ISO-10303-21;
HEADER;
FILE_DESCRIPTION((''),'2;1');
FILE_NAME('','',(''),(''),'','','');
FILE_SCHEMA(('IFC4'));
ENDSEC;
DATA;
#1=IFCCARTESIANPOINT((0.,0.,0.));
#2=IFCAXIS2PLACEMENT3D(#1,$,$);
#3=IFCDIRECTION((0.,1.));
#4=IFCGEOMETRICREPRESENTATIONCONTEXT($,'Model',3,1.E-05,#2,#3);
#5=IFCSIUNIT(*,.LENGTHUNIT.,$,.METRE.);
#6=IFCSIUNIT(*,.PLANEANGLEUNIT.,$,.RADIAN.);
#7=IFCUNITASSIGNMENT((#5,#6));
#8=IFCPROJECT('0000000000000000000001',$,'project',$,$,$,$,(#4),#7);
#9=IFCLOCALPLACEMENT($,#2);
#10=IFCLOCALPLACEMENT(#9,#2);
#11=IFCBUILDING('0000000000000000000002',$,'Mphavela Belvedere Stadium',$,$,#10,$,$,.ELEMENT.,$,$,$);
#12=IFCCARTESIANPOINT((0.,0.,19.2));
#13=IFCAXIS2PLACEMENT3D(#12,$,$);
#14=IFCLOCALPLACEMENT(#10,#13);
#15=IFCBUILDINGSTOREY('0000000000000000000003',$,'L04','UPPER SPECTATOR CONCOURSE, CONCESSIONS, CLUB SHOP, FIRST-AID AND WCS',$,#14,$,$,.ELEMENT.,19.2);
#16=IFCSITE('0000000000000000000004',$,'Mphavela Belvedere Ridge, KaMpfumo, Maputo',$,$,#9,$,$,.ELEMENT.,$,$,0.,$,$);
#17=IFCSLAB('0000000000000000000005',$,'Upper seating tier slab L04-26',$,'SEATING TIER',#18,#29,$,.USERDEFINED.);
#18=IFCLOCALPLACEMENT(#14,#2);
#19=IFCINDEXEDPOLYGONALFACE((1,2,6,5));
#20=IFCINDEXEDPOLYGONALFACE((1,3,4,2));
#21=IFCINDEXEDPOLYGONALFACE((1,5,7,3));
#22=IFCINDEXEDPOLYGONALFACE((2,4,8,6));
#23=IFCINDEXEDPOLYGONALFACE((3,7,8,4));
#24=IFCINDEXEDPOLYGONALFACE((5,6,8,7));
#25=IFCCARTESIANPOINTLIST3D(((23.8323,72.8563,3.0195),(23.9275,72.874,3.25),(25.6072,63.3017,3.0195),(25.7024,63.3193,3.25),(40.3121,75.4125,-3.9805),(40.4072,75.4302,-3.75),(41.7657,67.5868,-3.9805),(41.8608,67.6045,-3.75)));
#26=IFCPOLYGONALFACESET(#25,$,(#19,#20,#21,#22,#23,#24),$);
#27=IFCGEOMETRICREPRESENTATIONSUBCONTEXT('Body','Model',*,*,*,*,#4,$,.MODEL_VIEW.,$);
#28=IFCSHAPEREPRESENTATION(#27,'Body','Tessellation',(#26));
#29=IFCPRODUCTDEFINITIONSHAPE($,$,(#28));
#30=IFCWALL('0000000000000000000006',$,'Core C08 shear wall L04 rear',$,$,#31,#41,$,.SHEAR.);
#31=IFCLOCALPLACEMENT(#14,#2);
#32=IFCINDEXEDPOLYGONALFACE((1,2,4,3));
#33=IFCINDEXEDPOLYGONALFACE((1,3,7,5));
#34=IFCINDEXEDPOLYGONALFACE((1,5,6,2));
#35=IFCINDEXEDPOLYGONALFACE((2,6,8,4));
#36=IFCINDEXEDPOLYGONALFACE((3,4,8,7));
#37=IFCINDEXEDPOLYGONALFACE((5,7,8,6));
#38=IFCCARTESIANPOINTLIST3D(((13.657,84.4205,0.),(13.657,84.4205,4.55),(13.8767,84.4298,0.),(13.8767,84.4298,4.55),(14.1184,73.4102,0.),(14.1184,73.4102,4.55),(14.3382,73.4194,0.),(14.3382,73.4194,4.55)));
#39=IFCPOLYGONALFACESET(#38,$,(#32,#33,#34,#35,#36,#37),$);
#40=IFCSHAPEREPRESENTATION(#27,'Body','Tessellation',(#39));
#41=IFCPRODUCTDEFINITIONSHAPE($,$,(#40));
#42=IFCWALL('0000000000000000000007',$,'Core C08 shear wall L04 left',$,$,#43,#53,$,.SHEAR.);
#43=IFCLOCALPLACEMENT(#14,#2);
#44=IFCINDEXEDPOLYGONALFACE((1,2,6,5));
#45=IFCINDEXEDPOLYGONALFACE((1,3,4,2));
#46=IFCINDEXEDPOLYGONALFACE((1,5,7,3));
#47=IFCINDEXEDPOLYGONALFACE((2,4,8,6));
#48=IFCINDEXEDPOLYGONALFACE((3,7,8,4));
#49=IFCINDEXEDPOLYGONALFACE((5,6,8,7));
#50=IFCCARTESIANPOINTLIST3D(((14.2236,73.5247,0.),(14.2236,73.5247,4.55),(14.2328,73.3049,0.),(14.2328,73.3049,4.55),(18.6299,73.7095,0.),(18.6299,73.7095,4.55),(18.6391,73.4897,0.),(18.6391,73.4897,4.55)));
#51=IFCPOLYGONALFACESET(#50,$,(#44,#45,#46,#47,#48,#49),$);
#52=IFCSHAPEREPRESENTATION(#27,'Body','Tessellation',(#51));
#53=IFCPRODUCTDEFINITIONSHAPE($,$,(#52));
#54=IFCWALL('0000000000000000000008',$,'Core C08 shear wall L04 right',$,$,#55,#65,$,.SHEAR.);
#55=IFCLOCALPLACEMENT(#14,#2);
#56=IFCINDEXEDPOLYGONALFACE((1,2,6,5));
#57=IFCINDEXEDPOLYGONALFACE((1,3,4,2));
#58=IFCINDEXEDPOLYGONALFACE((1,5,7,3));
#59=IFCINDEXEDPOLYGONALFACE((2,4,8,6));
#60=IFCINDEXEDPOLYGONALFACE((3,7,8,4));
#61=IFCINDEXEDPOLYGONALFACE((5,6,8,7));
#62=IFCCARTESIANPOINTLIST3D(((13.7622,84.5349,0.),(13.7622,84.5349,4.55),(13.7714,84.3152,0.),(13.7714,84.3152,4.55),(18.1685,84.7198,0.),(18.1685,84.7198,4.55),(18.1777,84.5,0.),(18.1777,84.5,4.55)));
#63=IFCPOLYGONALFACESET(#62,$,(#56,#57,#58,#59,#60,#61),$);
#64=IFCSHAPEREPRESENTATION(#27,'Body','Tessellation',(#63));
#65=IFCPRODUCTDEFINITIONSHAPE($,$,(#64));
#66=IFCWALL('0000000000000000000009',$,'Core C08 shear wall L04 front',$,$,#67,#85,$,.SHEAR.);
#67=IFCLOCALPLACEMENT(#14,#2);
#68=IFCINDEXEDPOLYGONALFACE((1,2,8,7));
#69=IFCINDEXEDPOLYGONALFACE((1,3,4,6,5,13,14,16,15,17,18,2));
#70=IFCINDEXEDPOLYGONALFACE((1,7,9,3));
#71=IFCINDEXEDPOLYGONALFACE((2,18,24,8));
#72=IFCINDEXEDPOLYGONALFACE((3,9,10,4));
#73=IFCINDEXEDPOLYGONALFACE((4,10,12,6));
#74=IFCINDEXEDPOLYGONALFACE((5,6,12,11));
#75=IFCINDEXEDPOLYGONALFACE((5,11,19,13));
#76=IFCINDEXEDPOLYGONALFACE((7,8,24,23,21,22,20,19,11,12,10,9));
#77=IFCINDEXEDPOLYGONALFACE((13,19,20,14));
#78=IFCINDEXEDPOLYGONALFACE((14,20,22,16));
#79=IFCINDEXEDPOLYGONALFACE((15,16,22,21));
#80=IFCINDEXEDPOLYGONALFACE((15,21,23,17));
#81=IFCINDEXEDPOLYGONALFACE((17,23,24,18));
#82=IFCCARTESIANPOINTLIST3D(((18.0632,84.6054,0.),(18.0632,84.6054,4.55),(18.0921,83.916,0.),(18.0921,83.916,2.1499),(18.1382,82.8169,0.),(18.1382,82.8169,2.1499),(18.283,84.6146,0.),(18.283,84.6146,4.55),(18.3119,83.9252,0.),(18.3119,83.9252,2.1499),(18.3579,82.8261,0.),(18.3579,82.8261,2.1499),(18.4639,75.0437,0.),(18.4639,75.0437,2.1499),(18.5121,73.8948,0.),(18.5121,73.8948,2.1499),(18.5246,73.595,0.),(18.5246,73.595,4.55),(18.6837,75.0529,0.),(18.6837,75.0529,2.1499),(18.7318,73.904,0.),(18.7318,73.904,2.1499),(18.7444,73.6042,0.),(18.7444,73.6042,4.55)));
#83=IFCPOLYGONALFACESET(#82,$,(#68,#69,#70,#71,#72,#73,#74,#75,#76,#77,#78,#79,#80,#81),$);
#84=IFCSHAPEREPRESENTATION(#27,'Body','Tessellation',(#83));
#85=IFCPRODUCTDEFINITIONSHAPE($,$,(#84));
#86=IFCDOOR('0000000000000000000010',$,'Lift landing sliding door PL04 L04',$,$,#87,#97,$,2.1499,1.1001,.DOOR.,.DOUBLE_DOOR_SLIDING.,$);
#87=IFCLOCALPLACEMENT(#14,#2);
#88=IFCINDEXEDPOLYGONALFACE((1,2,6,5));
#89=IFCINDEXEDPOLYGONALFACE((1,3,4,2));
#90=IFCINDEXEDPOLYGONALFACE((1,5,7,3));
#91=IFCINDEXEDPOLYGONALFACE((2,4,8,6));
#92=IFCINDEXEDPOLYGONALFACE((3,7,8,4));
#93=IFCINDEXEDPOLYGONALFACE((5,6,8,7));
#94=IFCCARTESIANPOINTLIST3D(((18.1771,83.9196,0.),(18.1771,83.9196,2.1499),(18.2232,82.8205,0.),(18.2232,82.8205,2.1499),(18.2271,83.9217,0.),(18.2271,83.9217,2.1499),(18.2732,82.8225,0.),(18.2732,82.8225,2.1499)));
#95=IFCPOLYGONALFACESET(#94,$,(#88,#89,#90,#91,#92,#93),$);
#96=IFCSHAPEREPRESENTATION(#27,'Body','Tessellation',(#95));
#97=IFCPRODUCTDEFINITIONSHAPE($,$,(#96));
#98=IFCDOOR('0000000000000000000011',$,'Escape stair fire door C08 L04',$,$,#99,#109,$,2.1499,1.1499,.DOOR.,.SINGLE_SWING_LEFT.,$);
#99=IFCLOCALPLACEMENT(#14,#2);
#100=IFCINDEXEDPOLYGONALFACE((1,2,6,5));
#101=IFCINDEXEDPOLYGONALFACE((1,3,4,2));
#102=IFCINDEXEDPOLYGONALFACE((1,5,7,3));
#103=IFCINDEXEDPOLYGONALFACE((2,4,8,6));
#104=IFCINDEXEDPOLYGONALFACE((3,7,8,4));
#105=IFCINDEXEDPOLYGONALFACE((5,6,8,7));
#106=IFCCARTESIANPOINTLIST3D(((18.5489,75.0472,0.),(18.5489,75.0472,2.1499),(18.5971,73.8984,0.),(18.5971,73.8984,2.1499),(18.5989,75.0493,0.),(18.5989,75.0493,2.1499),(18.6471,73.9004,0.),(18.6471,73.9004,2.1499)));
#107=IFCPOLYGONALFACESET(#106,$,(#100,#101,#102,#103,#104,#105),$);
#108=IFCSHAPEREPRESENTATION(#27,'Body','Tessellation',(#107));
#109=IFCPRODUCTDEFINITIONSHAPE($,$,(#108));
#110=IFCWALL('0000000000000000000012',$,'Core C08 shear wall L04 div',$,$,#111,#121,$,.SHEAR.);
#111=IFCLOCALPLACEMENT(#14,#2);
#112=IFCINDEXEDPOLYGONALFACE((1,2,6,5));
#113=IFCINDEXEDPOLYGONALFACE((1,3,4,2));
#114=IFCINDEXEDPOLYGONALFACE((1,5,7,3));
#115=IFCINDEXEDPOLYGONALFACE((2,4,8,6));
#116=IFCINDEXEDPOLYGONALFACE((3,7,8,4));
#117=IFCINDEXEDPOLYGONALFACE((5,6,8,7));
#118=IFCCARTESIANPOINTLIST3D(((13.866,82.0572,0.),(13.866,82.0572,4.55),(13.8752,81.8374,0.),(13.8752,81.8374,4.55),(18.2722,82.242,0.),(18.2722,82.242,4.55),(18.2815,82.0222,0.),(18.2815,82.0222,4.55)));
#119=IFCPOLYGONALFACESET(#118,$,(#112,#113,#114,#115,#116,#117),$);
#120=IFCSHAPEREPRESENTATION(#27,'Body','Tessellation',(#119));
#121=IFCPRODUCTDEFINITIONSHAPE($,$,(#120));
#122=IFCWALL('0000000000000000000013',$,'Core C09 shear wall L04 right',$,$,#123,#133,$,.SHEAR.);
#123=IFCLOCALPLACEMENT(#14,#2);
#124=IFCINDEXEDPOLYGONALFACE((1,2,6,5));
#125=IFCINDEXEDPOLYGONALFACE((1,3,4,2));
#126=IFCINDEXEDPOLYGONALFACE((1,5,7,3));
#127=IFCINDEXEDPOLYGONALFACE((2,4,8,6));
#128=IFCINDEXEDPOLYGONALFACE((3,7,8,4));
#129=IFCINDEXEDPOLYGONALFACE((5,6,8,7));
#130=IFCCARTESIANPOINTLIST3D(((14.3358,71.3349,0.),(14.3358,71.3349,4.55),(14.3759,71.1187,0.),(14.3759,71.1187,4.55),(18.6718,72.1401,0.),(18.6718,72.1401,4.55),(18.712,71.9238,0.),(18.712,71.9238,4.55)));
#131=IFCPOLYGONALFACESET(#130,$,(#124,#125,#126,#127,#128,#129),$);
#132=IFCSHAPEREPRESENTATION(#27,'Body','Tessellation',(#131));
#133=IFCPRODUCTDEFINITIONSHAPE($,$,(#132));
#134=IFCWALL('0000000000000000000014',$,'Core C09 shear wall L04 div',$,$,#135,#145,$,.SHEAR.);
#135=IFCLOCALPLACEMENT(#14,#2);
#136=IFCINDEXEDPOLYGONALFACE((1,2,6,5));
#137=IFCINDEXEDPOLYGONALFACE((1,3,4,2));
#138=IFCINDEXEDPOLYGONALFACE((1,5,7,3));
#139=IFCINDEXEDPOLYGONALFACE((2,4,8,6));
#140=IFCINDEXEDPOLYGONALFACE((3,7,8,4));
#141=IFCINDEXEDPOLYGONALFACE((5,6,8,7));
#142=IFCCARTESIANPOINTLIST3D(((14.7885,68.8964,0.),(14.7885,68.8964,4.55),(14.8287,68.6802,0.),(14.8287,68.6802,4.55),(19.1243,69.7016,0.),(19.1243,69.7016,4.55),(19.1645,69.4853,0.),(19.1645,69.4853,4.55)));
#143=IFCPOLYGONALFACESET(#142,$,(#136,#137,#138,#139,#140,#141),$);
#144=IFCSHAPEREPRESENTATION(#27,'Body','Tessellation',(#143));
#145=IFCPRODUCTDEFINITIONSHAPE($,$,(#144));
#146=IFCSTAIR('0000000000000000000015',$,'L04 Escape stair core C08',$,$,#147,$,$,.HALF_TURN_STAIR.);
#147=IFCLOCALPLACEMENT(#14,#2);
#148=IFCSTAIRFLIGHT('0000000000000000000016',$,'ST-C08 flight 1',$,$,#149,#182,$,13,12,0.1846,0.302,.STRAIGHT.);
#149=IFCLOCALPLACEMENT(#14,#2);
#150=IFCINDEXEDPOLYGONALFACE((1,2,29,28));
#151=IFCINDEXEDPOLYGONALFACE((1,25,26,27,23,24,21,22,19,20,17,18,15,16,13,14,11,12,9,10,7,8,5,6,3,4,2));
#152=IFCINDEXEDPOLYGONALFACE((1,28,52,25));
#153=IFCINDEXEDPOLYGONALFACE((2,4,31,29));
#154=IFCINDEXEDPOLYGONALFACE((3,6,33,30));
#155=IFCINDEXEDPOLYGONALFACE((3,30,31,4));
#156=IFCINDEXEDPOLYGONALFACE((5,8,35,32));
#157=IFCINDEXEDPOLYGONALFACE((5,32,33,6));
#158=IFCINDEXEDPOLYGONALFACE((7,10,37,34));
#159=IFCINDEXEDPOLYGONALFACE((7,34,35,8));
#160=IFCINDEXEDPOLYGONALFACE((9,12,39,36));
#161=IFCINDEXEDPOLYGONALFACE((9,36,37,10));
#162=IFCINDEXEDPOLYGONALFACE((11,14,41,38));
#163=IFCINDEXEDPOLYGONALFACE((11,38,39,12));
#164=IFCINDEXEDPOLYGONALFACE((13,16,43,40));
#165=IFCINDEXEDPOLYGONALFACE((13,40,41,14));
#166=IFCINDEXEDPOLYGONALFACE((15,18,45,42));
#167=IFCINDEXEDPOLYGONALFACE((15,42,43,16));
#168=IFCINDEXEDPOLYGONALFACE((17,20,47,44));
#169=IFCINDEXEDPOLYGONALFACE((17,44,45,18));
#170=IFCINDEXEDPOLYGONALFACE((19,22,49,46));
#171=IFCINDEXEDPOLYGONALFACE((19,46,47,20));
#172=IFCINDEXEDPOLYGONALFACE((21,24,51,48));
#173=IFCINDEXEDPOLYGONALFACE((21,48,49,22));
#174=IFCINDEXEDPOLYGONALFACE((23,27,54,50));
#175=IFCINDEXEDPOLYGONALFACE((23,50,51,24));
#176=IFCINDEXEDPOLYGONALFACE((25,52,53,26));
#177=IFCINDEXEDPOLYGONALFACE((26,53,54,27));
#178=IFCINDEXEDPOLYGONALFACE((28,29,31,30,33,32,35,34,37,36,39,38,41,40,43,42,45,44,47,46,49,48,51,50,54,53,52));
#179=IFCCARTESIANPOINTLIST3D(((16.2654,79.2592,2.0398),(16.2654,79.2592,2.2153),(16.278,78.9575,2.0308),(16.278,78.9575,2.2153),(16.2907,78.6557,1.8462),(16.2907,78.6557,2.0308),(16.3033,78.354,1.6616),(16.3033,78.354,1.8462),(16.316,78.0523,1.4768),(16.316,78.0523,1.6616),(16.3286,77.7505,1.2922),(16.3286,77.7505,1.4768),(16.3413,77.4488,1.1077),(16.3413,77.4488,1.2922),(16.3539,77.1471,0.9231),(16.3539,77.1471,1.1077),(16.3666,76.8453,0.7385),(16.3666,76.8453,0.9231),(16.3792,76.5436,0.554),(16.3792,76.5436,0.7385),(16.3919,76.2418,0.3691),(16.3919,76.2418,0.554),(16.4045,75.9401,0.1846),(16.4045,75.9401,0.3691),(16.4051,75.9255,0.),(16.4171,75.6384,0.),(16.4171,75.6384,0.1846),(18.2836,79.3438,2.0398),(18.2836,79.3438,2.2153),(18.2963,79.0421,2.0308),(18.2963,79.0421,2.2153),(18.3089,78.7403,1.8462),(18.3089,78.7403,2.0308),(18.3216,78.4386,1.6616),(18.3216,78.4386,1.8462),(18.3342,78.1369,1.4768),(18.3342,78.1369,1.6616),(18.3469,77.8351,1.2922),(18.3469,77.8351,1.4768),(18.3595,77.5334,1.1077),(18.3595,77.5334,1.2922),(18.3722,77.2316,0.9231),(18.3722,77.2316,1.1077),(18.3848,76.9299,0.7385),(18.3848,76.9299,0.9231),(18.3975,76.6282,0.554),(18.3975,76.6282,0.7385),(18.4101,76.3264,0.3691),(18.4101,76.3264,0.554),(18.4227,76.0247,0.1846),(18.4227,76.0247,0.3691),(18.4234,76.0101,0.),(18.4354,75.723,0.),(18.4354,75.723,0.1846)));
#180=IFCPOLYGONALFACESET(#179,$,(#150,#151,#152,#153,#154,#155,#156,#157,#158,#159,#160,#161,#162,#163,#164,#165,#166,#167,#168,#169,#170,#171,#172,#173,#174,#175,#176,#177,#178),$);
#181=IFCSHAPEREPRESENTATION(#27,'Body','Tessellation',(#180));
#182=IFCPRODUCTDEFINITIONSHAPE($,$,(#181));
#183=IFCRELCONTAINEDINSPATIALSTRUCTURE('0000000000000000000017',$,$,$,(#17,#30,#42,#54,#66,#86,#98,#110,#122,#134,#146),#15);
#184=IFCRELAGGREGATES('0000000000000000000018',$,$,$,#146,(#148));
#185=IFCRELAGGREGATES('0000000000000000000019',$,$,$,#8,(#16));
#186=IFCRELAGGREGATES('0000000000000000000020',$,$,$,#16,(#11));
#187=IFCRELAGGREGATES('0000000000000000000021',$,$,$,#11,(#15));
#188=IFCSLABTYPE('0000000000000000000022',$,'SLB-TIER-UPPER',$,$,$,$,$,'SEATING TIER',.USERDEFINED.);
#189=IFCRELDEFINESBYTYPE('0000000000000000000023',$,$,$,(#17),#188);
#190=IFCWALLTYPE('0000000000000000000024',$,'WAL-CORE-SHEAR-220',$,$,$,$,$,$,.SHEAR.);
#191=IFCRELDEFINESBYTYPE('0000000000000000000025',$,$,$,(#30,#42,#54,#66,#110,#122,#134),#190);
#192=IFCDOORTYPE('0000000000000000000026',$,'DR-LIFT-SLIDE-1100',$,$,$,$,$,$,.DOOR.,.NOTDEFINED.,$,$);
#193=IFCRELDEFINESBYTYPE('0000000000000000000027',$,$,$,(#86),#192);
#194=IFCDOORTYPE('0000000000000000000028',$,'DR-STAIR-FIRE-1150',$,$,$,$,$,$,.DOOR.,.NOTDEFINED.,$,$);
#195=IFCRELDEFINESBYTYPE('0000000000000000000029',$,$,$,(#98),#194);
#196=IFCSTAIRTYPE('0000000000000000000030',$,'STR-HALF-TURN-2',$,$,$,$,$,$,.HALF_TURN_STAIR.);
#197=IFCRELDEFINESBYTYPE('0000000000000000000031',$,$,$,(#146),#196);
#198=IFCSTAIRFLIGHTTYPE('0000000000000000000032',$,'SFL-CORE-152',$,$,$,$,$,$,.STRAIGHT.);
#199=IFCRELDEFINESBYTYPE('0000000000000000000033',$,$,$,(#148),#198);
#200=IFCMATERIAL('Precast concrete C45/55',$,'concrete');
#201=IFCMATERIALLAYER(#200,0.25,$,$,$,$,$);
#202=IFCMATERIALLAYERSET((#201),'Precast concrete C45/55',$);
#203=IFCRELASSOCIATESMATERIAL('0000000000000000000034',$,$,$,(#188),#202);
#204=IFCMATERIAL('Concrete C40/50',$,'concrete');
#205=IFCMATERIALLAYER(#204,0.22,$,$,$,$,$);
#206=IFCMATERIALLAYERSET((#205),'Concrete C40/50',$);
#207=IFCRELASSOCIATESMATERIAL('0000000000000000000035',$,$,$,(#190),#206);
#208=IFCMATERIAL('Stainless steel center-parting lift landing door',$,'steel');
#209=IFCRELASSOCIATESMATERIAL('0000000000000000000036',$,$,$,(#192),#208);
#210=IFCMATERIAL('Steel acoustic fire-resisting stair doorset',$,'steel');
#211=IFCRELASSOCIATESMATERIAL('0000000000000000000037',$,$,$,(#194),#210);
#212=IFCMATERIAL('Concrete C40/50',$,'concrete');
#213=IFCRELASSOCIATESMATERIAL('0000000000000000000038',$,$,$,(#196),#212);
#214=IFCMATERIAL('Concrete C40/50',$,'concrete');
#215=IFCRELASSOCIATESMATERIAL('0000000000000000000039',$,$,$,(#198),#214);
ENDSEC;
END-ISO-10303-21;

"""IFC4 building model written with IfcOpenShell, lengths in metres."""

from ifc_helpers import new_model, si_unit, direction, frame, frame_2d, origin, place, context, subcontext, project, spatial, polyline, rectangle, outline, extrude, material, layer, layer_set, type_object, element, fill, aggregate, save


model = new_model("IFC4")

# Units and contexts
model_context = context("Model", 3, precision=1e-05, world=origin(), true_north=direction((0.0, 1.0)))
body_context = subcontext(model_context, "Body", "Model", "MODEL_VIEW")
ifc_project = project(units=[si_unit("LENGTHUNIT", "METRE"), si_unit("PLANEANGLEUNIT", "RADIAN")], contexts=[model_context])

# Site, building, storey
site_placement = place(None, origin())
site = spatial("IfcSite", under=ifc_project, at=site_placement, Name="Mphavela Belvedere Ridge, KaMpfumo, Maputo", CompositionType="ELEMENT", RefElevation=0.0)
building_placement = place(site_placement, origin())
building = spatial("IfcBuilding", under=site, at=building_placement, Name="Mphavela Belvedere Stadium", CompositionType="ELEMENT")
storey_placement = place(building_placement, frame((0.0, 0.0, 19.2)))
storey = spatial("IfcBuildingStorey", under=building, at=storey_placement, Name="L04", Description="UPPER SPECTATOR CONCOURSE, CONCESSIONS, CLUB SHOP, FIRST-AID AND WCS", CompositionType="ELEMENT", Elevation=19.2)

# Slab
ifc_material_1 = material(Name="Precast concrete C45/55", Category="concrete")
ifc_layer_1 = layer(ifc_material_1, 0.25)
ifc_layer_set_1 = layer_set([ifc_layer_1], Name="Precast concrete C45/55")
slab_type = type_object("IfcSlabType", Name="SLB-TIER-UPPER", ElementType="SEATING TIER", PredefinedType="USERDEFINED", material=ifc_layer_set_1)
slab_placement = place(storey_placement, frame((40.4072, 75.4302, -3.75), z_axis=(0.380668, 0.070711, 0.922004), x_axis=(0.182626, -0.983182, 0.000003)))
element("IfcSlab", 1, at=slab_placement, inside=storey, type_object=slab_type, Name="Upper seating tier slab L04-26", ObjectType="SEATING TIER", PredefinedType="USERDEFINED", context=body_context, shape_type="SweptSolid", body=[
    extrude(outline(polyline([(0.0, 0.0), (7.9595, 0.0), (9.2217, -18.0794), (-0.4965, -18.0795), (0.0, 0.0)])), origin(), (0.0, 0.0, -1.0), 0.25),
])

# Walls
ifc_material_2 = material(Name="Concrete C40/50", Category="concrete")
ifc_layer_2 = layer(ifc_material_2, 0.22)
ifc_layer_set_2 = layer_set([ifc_layer_2], Name="Concrete C40/50")
wall_type = type_object("IfcWallType", Name="WAL-CORE-SHEAR-220", PredefinedType="SHEAR", material=ifc_layer_set_2)
wall_1_placement = place(storey_placement, frame((14.2283, 73.4148, 0.0), z_axis=(0.0, 0.0, 1.0), x_axis=(-0.041872, 0.999123, 0.0)))
element("IfcWall", 2, at=wall_1_placement, inside=storey, type_object=wall_type, Name="Core C08 shear wall L04 rear", PredefinedType="SHEAR", context=body_context, shape_type="SweptSolid", body=[
    extrude(rectangle(XDim=11.02, YDim=0.22, at=frame_2d((5.51, 0.0))), origin(), (0.0, 0.0, 1.0), 4.55),
])
for number, where, z_axis, x_axis, name in (
    (3, (18.6345, 73.5996, 0.0), (0.0, 0.0, 1.0), (-0.999122, -0.041907, 0.0), "Core C08 shear wall L04 left"),
    (4, (18.1731, 84.6099, 0.0), (0.0, 0.0, 1.0), (-0.999122, -0.041907, 0.0), "Core C08 shear wall L04 right"),
):
    element("IfcWall", number, at=place(storey_placement, frame(where, z_axis=z_axis, x_axis=x_axis)), inside=storey, type_object=wall_type, Name=name, PredefinedType="SHEAR", context=body_context, shape_type="SweptSolid", body=[
        extrude(rectangle(XDim=4.4102, YDim=0.22, at=frame_2d((2.2051, 0.0))), origin(), (0.0, 0.0, 1.0), 4.55),
    ])

# Wall, openings, doors
wall_2_placement = place(storey_placement, frame((18.6345, 73.5996, 0.0), z_axis=(0.0, 0.0, 1.0), x_axis=(-0.041872, 0.999123, 0.0)))
wall_2 = element("IfcWall", 5, at=wall_2_placement, inside=storey, type_object=wall_type, Name="Core C08 shear wall L04 front", PredefinedType="SHEAR", context=body_context, shape_type="SweptSolid", body=[
    extrude(rectangle(XDim=11.02, YDim=0.22, at=frame_2d((5.51, 0.0))), origin(), (0.0, 0.0, 1.0), 4.55),
])
opening_1_placement = place(wall_2_placement, frame((0.3, 0.0, 0.0)))
opening_1 = element("IfcOpeningElement", 6, at=opening_1_placement, cuts=wall_2, PredefinedType="OPENING", context=body_context, shape_type="SweptSolid", body=[
    extrude(rectangle(XDim=1.1499, YDim=2.1499, at=frame_2d((0.575, 1.075))), frame((0.0, 0.1201, 0.0), z_axis=(0.0, -1.0, 0.0), x_axis=(1.0, 0.0, 0.0)), (0.0, 0.0, 1.0), 0.24),
])
opening_2_placement = place(wall_2_placement, frame((9.23, 0.0, 0.0)))
opening_2 = element("IfcOpeningElement", 7, at=opening_2_placement, cuts=wall_2, PredefinedType="OPENING", context=body_context, shape_type="SweptSolid", body=[
    extrude(rectangle(XDim=1.1001, YDim=2.1499, at=frame_2d((0.55, 1.075))), frame((0.0, 0.1201, 0.0), z_axis=(0.0, -1.0, 0.0), x_axis=(1.0, 0.0, 0.0)), (0.0, 0.0, 1.0), 0.24),
])
ifc_material_3 = material(Name="Stainless steel center-parting lift landing door", Category="steel")
door_type_1 = type_object("IfcDoorType", Name="DR-LIFT-SLIDE-1100", OperationType="NOTDEFINED", PredefinedType="DOOR", material=ifc_material_3)
door_1_placement = place(opening_2_placement, origin())
door_1 = element("IfcDoor", 8, at=door_1_placement, inside=storey, type_object=door_type_1, Name="Lift landing sliding door PL04 L04", OperationType="DOUBLE_DOOR_SLIDING", OverallHeight=2.1499, OverallWidth=1.1001, PredefinedType="DOOR", context=body_context, shape_type="SweptSolid", body=[
    extrude(rectangle(XDim=1.1001, YDim=2.1499, at=frame_2d((0.55, 1.075))), frame((0.0, 0.0249, 0.0), z_axis=(0.0, -1.0, 0.0), x_axis=(1.0, 0.0, 0.0)), (0.0, 0.0, 1.0), 0.05),
])
fill(opening_2, door_1)
ifc_material_4 = material(Name="Steel acoustic fire-resisting stair doorset", Category="steel")
door_type_2 = type_object("IfcDoorType", Name="DR-STAIR-FIRE-1150", OperationType="NOTDEFINED", PredefinedType="DOOR", material=ifc_material_4)
door_2_placement = place(opening_1_placement, origin())
door_2 = element("IfcDoor", 9, at=door_2_placement, inside=storey, type_object=door_type_2, Name="Escape stair fire door C08 L04", OperationType="SINGLE_SWING_LEFT", OverallHeight=2.1499, OverallWidth=1.1499, PredefinedType="DOOR", context=body_context, shape_type="SweptSolid", body=[
    extrude(rectangle(XDim=1.1499, YDim=2.1499, at=frame_2d((0.575, 1.075))), frame((0.0, 0.0249, 0.0), z_axis=(0.0, -1.0, 0.0), x_axis=(1.0, 0.0, 0.0)), (0.0, 0.0, 1.0), 0.05),
])
fill(opening_1, door_2)

# Walls
for number, where, z_axis, x_axis, name in (
    (10, (18.2769, 82.1321, 0.0), (0.0, 0.0, 1.0), (-0.999122, -0.041907, 0.0), "Core C08 shear wall L04 div"),
    (11, (18.6919, 72.032, 0.0), (0.0, 0.0, 1.0), (-0.983192, -0.182577, 0.0), "Core C09 shear wall L04 right"),
):
    element("IfcWall", number, at=place(storey_placement, frame(where, z_axis=z_axis, x_axis=x_axis)), inside=storey, type_object=wall_type, Name=name, PredefinedType="SHEAR", context=body_context, shape_type="SweptSolid", body=[
        extrude(rectangle(XDim=4.4102, YDim=0.22, at=frame_2d((2.2051, 0.0))), origin(), (0.0, 0.0, 1.0), 4.55),
    ])
wall_3_placement = place(storey_placement, frame((19.1445, 69.5935, 0.0), z_axis=(0.0, 0.0, 1.0), x_axis=(-0.98319, -0.182587, 0.0)))
element("IfcWall", 12, at=wall_3_placement, inside=storey, type_object=wall_type, Name="Core C09 shear wall L04 div", PredefinedType="SHEAR", context=body_context, shape_type="SweptSolid", body=[
    extrude(rectangle(XDim=4.4099, YDim=0.22, at=frame_2d((2.2051, 0.0))), origin(), (0.0, 0.0, 1.0), 4.55),
])

# Stair, stair flight
ifc_material_5 = material(Name="Concrete C40/50", Category="concrete")
stair_type = type_object("IfcStairType", Name="STR-HALF-TURN-2", PredefinedType="HALF_TURN_STAIR", material=ifc_material_5)
stair_placement = place(storey_placement, origin())
stair = element("IfcStair", 13, at=stair_placement, inside=storey, type_object=stair_type, Name="L04 Escape stair core C08", PredefinedType="HALF_TURN_STAIR")
ifc_material_6 = material(Name="Concrete C40/50", Category="concrete")
stair_flight_type = type_object("IfcStairFlightType", Name="SFL-CORE-152", PredefinedType="STRAIGHT", material=ifc_material_6)
stair_flight_1_placement = place(storey_placement, frame((17.4263, 75.6807, 0.0), z_axis=(0.0, 0.0, 1.0), x_axis=(-0.041876, 0.999123, 0.0)))
stair_flight_1 = element("IfcStairFlight", 14, at=stair_flight_1_placement, type_object=stair_flight_type, Name="ST-C08 flight 1", NumberOfRisers=13, NumberOfTreads=12, PredefinedType="STRAIGHT", RiserHeight=0.1846, TreadLength=0.302, context=body_context, shape_type="SweptSolid", body=[
    extrude(outline(polyline([(0.0, 0.0), (0.0, 0.1846), (0.302, 0.1846), (0.302, 0.3691), (0.604, 0.3691), (0.604, 0.554), (0.906, 0.554), (0.906, 0.7385), (1.208, 0.7385), (1.208, 0.9231), (1.51, 0.9231), (1.51, 1.1077), (1.812, 1.1077), (1.812, 1.2922), (2.114, 1.2922), (2.114, 1.4768), (2.416, 1.4768), (2.416, 1.6616), (2.718, 1.6616), (2.718, 1.8462), (3.02, 1.8462), (3.02, 2.0308), (3.322, 2.0308), (3.322, 2.2153), (3.624, 2.2153), (3.624, 2.3999), (3.624, 2.0398), (0.2874, 0.0), (0.0, 0.0)])), frame((0.0, 1.01, 0.0), z_axis=(0.0, -1.0, 0.0), x_axis=(1.0, 0.0, 0.0)), (0.0, 0.0, 1.0), 2.02),
])
aggregate(stair, [stair_flight_1])

save(model, "model.ifc")
